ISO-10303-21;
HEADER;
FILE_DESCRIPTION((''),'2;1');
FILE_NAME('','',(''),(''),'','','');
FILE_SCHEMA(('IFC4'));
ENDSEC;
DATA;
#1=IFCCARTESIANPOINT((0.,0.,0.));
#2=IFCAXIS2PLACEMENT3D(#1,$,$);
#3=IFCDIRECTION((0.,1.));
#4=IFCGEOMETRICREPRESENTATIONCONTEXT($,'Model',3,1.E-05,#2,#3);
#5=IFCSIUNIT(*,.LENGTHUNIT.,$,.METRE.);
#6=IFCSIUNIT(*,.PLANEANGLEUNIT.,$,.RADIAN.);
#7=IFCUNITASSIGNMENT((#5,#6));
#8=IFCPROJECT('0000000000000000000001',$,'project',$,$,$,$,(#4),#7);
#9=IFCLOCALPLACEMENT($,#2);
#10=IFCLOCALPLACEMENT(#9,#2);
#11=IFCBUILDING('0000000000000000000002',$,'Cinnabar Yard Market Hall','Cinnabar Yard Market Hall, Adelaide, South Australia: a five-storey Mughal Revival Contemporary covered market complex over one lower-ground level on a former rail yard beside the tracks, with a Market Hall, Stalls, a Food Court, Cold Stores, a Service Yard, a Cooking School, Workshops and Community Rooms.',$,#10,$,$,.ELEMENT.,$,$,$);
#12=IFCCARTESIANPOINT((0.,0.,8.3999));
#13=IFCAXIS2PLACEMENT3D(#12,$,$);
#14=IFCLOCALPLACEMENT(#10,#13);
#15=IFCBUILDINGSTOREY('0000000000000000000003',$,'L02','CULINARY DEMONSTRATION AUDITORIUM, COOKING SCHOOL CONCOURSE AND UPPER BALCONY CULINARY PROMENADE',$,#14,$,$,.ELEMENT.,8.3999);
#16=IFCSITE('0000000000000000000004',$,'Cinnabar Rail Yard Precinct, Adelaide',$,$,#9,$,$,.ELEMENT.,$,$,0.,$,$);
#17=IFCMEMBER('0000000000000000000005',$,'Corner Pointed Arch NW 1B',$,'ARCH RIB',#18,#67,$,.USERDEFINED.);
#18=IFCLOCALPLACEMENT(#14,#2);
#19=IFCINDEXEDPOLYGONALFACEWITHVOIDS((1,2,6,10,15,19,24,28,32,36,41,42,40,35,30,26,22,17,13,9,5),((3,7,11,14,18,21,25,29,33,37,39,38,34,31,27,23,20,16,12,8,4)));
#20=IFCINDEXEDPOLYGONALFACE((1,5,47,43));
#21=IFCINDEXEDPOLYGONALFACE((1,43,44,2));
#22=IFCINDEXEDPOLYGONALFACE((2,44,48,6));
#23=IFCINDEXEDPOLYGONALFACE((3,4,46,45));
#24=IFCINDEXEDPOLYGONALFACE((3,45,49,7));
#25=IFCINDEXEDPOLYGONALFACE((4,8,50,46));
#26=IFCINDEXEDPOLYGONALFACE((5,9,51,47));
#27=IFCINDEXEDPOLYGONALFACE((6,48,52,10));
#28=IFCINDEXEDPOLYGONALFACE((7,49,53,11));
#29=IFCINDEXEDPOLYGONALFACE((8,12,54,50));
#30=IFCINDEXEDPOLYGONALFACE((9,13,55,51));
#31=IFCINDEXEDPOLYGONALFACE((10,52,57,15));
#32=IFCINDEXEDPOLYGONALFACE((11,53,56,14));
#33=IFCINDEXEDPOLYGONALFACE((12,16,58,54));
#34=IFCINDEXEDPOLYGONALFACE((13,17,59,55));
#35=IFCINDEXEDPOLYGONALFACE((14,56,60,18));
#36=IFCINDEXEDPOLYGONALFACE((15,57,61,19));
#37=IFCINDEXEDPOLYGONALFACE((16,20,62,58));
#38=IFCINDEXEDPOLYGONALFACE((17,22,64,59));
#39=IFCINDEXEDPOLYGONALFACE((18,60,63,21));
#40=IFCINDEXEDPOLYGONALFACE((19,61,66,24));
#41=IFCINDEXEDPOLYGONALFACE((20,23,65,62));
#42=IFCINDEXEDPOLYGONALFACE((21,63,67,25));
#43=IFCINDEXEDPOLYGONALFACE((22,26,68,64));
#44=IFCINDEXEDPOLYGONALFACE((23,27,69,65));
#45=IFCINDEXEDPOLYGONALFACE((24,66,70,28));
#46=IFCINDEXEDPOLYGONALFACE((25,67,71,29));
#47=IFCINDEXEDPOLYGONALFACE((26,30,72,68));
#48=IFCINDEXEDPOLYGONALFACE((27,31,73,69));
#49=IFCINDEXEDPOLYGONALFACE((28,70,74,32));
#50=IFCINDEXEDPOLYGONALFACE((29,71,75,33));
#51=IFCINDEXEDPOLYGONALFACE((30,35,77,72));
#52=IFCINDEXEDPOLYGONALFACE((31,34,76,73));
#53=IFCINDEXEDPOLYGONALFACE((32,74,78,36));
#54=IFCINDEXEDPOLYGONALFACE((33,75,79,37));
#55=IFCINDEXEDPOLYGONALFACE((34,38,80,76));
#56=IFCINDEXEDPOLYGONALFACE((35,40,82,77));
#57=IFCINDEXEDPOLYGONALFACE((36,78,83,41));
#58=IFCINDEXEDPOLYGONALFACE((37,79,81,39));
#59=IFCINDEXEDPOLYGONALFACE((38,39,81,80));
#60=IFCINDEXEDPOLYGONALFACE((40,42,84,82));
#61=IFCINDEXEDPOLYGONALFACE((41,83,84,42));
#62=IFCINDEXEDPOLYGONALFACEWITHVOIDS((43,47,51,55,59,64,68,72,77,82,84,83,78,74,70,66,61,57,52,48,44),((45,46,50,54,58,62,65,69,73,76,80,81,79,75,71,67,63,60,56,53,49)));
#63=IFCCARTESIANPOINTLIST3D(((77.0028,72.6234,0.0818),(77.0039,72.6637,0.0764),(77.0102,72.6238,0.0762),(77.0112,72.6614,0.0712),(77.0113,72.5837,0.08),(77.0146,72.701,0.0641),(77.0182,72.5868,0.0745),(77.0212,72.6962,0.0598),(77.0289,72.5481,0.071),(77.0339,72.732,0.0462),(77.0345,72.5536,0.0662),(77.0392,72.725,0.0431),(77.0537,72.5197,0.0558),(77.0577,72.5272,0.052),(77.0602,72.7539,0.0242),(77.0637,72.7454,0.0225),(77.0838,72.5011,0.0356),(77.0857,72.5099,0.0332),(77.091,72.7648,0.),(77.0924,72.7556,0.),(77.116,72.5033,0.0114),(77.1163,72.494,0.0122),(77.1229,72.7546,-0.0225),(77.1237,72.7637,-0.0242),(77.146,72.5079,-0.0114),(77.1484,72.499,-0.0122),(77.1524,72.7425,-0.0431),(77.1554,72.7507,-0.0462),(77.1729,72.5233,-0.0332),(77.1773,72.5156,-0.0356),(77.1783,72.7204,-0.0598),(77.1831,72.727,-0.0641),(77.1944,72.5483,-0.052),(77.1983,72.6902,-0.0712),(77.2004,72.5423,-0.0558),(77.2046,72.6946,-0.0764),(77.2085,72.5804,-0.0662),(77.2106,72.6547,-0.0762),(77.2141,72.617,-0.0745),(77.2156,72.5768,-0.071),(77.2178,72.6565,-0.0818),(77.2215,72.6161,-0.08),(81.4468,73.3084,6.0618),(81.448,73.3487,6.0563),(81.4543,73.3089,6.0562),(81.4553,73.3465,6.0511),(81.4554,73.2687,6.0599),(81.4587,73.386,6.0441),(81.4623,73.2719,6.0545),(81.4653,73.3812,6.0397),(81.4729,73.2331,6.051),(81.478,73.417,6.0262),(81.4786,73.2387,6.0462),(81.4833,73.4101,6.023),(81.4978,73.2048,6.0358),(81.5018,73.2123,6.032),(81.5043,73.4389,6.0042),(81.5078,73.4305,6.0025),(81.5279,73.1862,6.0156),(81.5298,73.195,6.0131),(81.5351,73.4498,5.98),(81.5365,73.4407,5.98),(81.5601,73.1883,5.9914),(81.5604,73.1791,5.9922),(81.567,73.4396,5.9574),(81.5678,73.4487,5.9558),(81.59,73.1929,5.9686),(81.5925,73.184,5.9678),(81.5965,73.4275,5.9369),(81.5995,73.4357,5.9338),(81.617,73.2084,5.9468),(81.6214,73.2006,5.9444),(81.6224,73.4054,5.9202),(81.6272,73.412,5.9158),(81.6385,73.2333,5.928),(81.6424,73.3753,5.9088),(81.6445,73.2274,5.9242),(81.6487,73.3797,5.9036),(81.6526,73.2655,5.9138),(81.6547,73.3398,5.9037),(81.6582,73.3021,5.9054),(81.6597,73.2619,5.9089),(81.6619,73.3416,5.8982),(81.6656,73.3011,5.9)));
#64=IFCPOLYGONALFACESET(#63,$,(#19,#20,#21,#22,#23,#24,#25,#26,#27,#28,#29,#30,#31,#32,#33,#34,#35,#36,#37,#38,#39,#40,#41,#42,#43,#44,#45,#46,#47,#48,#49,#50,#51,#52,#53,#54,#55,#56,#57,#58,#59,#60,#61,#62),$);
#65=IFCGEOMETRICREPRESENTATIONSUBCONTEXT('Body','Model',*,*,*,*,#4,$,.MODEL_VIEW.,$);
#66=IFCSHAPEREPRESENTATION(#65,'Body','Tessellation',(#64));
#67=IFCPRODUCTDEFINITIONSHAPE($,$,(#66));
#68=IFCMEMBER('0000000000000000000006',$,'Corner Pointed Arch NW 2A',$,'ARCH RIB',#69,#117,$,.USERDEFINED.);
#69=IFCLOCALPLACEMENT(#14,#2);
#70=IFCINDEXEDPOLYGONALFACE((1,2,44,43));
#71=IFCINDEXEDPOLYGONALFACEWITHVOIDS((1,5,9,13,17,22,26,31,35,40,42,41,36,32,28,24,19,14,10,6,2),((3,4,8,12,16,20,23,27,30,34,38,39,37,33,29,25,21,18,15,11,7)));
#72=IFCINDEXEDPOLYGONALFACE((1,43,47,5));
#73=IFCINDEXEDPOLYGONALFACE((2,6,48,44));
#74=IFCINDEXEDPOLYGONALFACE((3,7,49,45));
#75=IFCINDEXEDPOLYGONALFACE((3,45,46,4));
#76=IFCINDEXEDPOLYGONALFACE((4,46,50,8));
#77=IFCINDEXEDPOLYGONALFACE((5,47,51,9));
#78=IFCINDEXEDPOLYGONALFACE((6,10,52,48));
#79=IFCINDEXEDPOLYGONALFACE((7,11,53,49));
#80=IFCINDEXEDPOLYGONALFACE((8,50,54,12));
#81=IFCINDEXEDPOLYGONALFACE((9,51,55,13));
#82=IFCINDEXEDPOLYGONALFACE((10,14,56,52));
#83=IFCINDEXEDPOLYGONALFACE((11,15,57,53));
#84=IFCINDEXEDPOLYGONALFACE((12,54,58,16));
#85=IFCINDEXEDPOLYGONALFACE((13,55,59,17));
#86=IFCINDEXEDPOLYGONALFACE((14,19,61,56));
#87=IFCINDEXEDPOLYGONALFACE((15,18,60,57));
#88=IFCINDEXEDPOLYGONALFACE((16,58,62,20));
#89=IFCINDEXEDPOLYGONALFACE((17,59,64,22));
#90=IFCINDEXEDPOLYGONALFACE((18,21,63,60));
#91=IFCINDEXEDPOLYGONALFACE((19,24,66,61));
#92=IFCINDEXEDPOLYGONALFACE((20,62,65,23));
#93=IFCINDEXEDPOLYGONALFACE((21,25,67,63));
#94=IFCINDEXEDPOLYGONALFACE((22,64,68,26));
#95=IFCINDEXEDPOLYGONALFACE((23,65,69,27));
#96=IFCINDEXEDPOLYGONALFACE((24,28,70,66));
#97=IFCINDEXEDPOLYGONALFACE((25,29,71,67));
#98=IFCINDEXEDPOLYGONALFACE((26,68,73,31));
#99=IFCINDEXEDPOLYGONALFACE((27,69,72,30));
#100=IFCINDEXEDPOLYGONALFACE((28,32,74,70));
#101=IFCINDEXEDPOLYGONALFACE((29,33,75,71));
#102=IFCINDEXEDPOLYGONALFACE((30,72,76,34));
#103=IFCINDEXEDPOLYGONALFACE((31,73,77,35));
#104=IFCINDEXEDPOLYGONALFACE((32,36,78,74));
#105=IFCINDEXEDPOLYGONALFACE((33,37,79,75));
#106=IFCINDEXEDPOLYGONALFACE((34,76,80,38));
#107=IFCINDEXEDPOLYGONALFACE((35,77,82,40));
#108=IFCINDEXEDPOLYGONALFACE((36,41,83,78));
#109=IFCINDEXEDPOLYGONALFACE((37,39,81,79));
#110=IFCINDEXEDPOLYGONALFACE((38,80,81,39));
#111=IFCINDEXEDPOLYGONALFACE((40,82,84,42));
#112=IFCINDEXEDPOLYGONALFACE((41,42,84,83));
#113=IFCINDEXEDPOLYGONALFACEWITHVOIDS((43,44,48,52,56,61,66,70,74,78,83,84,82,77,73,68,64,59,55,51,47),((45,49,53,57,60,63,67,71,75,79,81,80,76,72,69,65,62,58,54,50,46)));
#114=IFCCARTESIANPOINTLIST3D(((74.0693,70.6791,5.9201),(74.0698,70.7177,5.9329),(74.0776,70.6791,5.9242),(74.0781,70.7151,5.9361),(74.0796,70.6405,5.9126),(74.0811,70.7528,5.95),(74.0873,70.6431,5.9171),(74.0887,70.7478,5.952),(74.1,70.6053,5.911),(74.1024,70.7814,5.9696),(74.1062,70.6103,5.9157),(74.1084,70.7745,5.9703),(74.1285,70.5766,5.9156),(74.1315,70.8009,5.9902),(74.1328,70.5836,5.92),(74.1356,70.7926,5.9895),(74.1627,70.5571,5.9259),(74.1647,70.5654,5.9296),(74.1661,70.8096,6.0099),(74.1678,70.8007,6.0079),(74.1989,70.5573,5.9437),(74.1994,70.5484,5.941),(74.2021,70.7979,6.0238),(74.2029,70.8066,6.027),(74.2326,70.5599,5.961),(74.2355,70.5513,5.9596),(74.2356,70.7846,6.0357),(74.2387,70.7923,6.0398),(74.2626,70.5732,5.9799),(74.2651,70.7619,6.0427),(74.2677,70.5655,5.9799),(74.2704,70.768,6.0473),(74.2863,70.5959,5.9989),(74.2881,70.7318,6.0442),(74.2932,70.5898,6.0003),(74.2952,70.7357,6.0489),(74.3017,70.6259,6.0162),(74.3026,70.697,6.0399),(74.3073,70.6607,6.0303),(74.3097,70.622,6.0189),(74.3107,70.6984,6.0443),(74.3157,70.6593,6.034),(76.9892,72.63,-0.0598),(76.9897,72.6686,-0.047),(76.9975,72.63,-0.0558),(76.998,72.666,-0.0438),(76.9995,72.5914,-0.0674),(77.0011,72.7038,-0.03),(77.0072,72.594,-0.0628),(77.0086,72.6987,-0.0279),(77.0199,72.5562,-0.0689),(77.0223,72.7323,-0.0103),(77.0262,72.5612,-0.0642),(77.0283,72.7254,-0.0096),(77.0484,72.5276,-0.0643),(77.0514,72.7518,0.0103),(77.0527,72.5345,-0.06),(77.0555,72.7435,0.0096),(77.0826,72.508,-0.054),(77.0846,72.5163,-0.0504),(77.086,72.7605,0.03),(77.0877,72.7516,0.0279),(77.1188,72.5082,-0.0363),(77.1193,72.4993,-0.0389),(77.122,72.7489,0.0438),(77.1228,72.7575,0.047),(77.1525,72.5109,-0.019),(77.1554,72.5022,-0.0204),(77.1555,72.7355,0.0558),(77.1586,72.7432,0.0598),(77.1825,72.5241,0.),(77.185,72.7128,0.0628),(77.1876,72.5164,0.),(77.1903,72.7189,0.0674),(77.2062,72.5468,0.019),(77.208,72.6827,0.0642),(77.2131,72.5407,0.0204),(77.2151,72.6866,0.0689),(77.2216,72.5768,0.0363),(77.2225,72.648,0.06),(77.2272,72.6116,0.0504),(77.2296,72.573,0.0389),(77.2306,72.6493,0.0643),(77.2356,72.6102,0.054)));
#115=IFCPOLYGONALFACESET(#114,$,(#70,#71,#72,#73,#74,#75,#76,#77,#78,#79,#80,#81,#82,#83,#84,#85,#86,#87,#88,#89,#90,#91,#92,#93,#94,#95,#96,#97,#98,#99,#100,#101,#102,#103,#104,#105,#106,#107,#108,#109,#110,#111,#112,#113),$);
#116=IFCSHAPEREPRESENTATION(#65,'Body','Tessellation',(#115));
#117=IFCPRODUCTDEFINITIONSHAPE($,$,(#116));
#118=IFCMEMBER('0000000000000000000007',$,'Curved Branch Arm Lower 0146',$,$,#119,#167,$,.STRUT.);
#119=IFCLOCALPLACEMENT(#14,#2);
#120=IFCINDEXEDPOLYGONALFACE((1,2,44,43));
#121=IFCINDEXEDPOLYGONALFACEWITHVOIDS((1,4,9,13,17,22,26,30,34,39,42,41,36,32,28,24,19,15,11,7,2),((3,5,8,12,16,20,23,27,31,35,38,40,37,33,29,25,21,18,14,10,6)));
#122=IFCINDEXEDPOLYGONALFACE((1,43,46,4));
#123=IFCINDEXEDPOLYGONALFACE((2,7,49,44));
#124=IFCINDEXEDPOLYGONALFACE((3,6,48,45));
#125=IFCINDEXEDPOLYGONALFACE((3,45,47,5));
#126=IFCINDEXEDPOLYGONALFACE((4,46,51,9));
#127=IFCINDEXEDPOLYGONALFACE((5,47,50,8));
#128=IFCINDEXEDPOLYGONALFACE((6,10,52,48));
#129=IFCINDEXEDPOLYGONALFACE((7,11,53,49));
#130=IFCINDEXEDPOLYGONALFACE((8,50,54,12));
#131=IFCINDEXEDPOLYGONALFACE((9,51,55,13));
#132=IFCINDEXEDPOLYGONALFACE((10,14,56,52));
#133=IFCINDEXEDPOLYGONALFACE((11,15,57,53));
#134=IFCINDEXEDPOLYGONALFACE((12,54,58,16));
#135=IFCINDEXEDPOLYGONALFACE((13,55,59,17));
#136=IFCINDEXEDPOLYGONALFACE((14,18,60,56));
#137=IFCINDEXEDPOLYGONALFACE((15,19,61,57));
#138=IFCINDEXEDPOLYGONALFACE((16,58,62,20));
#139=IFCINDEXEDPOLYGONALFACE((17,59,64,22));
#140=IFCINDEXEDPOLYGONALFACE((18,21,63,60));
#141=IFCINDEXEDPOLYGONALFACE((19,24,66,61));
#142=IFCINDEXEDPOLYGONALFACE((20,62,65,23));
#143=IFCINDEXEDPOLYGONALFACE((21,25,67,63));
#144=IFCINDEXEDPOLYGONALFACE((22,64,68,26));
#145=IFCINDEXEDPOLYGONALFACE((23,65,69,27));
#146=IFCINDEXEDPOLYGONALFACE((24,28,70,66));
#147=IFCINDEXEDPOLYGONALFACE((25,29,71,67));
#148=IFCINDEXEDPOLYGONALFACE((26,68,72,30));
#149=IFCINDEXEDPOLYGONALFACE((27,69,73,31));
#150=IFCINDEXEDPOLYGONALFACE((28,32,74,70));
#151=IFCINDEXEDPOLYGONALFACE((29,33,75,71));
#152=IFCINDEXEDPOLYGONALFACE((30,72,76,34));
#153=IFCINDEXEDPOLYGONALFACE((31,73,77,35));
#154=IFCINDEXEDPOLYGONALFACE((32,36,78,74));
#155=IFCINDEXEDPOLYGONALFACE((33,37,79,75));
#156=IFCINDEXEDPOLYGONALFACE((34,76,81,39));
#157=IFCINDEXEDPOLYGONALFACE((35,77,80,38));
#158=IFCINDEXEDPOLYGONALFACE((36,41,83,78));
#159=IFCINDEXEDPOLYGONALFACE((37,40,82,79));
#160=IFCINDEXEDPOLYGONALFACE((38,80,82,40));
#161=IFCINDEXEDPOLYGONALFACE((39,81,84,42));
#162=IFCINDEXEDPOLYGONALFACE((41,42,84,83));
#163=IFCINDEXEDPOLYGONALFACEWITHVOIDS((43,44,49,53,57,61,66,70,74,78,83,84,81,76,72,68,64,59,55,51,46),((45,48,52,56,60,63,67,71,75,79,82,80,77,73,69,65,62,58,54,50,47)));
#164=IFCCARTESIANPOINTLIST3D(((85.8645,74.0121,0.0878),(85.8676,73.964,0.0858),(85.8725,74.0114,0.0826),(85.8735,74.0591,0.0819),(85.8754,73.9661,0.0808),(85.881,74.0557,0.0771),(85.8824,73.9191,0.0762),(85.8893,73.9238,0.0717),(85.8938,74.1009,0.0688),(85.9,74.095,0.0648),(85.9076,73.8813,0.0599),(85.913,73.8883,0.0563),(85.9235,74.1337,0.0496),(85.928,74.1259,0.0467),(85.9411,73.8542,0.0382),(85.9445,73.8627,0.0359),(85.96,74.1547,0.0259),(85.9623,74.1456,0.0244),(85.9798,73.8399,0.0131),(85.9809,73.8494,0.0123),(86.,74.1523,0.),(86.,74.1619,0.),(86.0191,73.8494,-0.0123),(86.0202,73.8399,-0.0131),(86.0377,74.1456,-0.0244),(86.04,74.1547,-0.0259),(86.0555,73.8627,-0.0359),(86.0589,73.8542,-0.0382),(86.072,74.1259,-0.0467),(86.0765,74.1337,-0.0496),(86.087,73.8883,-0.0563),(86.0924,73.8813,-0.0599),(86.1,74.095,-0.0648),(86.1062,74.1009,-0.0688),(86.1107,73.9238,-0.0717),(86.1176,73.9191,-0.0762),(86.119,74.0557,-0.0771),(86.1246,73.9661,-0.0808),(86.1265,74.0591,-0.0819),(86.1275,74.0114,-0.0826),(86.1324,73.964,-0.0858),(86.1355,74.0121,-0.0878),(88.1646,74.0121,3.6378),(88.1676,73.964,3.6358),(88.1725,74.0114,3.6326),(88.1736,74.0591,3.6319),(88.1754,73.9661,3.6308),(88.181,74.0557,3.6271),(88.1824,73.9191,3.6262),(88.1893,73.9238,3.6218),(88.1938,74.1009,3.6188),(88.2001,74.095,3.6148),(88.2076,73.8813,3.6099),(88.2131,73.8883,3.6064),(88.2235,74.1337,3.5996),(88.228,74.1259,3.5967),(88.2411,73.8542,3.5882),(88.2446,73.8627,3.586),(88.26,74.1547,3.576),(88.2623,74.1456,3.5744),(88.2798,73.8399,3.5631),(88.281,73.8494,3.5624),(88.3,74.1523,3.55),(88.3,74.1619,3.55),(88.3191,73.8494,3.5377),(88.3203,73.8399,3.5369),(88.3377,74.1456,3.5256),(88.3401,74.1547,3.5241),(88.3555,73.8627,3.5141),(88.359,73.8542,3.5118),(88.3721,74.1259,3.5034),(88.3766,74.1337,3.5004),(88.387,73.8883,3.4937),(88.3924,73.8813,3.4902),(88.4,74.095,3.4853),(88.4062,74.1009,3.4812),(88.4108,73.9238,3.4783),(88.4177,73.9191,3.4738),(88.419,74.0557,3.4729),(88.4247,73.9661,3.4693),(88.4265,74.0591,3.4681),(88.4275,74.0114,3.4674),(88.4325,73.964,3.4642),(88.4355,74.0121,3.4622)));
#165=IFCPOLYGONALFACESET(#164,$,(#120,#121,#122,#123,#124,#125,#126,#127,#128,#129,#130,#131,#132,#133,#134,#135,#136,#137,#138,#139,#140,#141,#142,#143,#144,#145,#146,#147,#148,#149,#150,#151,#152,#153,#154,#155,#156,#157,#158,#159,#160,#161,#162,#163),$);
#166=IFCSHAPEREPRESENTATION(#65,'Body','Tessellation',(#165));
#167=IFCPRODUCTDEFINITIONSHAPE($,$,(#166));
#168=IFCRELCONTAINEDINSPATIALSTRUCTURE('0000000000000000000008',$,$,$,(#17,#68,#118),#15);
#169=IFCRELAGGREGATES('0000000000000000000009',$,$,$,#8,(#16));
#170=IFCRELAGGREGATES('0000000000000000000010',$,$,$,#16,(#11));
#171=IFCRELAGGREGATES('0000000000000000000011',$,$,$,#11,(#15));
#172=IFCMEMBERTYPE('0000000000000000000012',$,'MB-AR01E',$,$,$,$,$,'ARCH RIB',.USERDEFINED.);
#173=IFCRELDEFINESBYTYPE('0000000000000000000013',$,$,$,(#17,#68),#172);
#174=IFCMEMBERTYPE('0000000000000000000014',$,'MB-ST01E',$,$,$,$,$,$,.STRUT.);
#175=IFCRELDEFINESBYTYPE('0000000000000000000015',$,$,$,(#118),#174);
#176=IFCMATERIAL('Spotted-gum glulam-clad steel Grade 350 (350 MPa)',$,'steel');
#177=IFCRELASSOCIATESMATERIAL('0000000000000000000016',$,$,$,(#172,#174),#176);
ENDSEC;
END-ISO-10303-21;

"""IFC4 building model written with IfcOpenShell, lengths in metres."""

from ifc_helpers import new_model, si_unit, direction, frame, origin, origin_2d_with_axis, place, context, subcontext, project, spatial, hollow_circle, extrude, material, material_profile, profile_set, type_object, element, save


model = new_model("IFC4")

# Units and contexts
model_context = context("Model", 3, precision=1e-05, world=origin(), true_north=direction((0.0, 1.0)))
body_context = subcontext(model_context, "Body", "Model", "MODEL_VIEW")
ifc_project = project(units=[si_unit("LENGTHUNIT", "METRE"), si_unit("PLANEANGLEUNIT", "RADIAN")], contexts=[model_context])

# Site, building, storey
site_placement = place(None, origin())
site = spatial("IfcSite", under=ifc_project, at=site_placement, Name="Cinnabar Rail Yard Precinct, Adelaide", CompositionType="ELEMENT", RefElevation=0.0)
building_placement = place(site_placement, origin())
building = spatial("IfcBuilding", under=site, at=building_placement, Name="Cinnabar Yard Market Hall", Description="Cinnabar Yard Market Hall, Adelaide, South Australia: a five-storey Mughal Revival Contemporary covered market complex over one lower-ground level on a former rail yard beside the tracks, with a Market Hall, Stalls, a Food Court, Cold Stores, a Service Yard, a Cooking School, Workshops and Community Rooms.", CompositionType="ELEMENT")
storey_placement = place(building_placement, frame((0.0, 0.0, 8.3999)))
storey = spatial("IfcBuildingStorey", under=building, at=storey_placement, Name="L02", Description="CULINARY DEMONSTRATION AUDITORIUM, COOKING SCHOOL CONCOURSE AND UPPER BALCONY CULINARY PROMENADE", CompositionType="ELEMENT", Elevation=8.3999)

# Shared definitions
ifc_material_1 = material(Name="Spotted-gum glulam-clad steel Grade 350 (350 MPa)", Category="steel")

# Members
ifc_material_profile_1 = material_profile(ifc_material_1, hollow_circle(Radius=0.1365, WallThickness=0.0093, at=origin_2d_with_axis()), Name="273.1x9.3CHS")
ifc_profile_set_1 = profile_set([ifc_material_profile_1], Name="Spotted-gum glulam-clad steel Grade 350 (350 MPa)")
member_type_1 = type_object("IfcMemberType", Name="MB-AR01E", ElementType="ARCH RIB", PredefinedType="USERDEFINED", material=ifc_profile_set_1)
for number, where, z_axis, x_axis, name in (
    (1, (77.1118, 72.6299, 0.0), (0.593976, 0.091562, 0.799255), (-0.152351, 0.988326, 0.0), "Corner Pointed Arch NW 1B"),
):
    element("IfcMember", number, at=place(storey_placement, frame(where, z_axis=z_axis, x_axis=x_axis)), inside=storey, type_object=member_type_1, Name=name, ObjectType="ARCH RIB", PredefinedType="USERDEFINED", context=body_context, shape_type="SweptSolid", body=[
        extrude(hollow_circle(Radius=0.1365, WallThickness=0.0093, at=origin_2d_with_axis()), origin(), (0.0, 0.0, 1.0), 7.4819),
    ])
member_1_placement = place(storey_placement, frame((77.1118, 72.6299, 0.0), z_axis=(-0.42105, -0.281322, 0.862308), x_axis=(0.55555, -0.831483, 0.0)))
element("IfcMember", 2, at=member_1_placement, inside=storey, type_object=member_type_1, Name="Corner Pointed Arch NW 2A", ObjectType="ARCH RIB", PredefinedType="USERDEFINED", context=body_context, shape_type="SweptSolid", body=[
    extrude(hollow_circle(Radius=0.1365, WallThickness=0.0093, at=origin_2d_with_axis()), origin(), (0.0, 0.0, 1.0), 6.9348),
])
ifc_material_profile_2 = material_profile(ifc_material_1, hollow_circle(Radius=0.1619, WallThickness=0.0095, at=origin_2d_with_axis()), Name="323.9x9.5CHS")
ifc_profile_set_2 = profile_set([ifc_material_profile_2], Name="Spotted-gum glulam-clad steel Grade 350 (350 MPa)")
member_type_2 = type_object("IfcMemberType", Name="MB-ST01E", PredefinedType="STRUT", material=ifc_profile_set_2)
member_2_placement = place(storey_placement, frame((86.0, 74.0, 0.0), z_axis=(0.543744, 0.0, 0.839251), x_axis=(0.0, 1.0, 0.0)))
element("IfcMember", 3, at=member_2_placement, inside=storey, type_object=member_type_2, Name="Curved Branch Arm Lower 0146", PredefinedType="STRUT", context=body_context, shape_type="SweptSolid", body=[
    extrude(hollow_circle(Radius=0.1619, WallThickness=0.0095, at=origin_2d_with_axis()), origin(), (0.0, 0.0, 1.0), 4.23),
])

save(model, "model.ifc")
